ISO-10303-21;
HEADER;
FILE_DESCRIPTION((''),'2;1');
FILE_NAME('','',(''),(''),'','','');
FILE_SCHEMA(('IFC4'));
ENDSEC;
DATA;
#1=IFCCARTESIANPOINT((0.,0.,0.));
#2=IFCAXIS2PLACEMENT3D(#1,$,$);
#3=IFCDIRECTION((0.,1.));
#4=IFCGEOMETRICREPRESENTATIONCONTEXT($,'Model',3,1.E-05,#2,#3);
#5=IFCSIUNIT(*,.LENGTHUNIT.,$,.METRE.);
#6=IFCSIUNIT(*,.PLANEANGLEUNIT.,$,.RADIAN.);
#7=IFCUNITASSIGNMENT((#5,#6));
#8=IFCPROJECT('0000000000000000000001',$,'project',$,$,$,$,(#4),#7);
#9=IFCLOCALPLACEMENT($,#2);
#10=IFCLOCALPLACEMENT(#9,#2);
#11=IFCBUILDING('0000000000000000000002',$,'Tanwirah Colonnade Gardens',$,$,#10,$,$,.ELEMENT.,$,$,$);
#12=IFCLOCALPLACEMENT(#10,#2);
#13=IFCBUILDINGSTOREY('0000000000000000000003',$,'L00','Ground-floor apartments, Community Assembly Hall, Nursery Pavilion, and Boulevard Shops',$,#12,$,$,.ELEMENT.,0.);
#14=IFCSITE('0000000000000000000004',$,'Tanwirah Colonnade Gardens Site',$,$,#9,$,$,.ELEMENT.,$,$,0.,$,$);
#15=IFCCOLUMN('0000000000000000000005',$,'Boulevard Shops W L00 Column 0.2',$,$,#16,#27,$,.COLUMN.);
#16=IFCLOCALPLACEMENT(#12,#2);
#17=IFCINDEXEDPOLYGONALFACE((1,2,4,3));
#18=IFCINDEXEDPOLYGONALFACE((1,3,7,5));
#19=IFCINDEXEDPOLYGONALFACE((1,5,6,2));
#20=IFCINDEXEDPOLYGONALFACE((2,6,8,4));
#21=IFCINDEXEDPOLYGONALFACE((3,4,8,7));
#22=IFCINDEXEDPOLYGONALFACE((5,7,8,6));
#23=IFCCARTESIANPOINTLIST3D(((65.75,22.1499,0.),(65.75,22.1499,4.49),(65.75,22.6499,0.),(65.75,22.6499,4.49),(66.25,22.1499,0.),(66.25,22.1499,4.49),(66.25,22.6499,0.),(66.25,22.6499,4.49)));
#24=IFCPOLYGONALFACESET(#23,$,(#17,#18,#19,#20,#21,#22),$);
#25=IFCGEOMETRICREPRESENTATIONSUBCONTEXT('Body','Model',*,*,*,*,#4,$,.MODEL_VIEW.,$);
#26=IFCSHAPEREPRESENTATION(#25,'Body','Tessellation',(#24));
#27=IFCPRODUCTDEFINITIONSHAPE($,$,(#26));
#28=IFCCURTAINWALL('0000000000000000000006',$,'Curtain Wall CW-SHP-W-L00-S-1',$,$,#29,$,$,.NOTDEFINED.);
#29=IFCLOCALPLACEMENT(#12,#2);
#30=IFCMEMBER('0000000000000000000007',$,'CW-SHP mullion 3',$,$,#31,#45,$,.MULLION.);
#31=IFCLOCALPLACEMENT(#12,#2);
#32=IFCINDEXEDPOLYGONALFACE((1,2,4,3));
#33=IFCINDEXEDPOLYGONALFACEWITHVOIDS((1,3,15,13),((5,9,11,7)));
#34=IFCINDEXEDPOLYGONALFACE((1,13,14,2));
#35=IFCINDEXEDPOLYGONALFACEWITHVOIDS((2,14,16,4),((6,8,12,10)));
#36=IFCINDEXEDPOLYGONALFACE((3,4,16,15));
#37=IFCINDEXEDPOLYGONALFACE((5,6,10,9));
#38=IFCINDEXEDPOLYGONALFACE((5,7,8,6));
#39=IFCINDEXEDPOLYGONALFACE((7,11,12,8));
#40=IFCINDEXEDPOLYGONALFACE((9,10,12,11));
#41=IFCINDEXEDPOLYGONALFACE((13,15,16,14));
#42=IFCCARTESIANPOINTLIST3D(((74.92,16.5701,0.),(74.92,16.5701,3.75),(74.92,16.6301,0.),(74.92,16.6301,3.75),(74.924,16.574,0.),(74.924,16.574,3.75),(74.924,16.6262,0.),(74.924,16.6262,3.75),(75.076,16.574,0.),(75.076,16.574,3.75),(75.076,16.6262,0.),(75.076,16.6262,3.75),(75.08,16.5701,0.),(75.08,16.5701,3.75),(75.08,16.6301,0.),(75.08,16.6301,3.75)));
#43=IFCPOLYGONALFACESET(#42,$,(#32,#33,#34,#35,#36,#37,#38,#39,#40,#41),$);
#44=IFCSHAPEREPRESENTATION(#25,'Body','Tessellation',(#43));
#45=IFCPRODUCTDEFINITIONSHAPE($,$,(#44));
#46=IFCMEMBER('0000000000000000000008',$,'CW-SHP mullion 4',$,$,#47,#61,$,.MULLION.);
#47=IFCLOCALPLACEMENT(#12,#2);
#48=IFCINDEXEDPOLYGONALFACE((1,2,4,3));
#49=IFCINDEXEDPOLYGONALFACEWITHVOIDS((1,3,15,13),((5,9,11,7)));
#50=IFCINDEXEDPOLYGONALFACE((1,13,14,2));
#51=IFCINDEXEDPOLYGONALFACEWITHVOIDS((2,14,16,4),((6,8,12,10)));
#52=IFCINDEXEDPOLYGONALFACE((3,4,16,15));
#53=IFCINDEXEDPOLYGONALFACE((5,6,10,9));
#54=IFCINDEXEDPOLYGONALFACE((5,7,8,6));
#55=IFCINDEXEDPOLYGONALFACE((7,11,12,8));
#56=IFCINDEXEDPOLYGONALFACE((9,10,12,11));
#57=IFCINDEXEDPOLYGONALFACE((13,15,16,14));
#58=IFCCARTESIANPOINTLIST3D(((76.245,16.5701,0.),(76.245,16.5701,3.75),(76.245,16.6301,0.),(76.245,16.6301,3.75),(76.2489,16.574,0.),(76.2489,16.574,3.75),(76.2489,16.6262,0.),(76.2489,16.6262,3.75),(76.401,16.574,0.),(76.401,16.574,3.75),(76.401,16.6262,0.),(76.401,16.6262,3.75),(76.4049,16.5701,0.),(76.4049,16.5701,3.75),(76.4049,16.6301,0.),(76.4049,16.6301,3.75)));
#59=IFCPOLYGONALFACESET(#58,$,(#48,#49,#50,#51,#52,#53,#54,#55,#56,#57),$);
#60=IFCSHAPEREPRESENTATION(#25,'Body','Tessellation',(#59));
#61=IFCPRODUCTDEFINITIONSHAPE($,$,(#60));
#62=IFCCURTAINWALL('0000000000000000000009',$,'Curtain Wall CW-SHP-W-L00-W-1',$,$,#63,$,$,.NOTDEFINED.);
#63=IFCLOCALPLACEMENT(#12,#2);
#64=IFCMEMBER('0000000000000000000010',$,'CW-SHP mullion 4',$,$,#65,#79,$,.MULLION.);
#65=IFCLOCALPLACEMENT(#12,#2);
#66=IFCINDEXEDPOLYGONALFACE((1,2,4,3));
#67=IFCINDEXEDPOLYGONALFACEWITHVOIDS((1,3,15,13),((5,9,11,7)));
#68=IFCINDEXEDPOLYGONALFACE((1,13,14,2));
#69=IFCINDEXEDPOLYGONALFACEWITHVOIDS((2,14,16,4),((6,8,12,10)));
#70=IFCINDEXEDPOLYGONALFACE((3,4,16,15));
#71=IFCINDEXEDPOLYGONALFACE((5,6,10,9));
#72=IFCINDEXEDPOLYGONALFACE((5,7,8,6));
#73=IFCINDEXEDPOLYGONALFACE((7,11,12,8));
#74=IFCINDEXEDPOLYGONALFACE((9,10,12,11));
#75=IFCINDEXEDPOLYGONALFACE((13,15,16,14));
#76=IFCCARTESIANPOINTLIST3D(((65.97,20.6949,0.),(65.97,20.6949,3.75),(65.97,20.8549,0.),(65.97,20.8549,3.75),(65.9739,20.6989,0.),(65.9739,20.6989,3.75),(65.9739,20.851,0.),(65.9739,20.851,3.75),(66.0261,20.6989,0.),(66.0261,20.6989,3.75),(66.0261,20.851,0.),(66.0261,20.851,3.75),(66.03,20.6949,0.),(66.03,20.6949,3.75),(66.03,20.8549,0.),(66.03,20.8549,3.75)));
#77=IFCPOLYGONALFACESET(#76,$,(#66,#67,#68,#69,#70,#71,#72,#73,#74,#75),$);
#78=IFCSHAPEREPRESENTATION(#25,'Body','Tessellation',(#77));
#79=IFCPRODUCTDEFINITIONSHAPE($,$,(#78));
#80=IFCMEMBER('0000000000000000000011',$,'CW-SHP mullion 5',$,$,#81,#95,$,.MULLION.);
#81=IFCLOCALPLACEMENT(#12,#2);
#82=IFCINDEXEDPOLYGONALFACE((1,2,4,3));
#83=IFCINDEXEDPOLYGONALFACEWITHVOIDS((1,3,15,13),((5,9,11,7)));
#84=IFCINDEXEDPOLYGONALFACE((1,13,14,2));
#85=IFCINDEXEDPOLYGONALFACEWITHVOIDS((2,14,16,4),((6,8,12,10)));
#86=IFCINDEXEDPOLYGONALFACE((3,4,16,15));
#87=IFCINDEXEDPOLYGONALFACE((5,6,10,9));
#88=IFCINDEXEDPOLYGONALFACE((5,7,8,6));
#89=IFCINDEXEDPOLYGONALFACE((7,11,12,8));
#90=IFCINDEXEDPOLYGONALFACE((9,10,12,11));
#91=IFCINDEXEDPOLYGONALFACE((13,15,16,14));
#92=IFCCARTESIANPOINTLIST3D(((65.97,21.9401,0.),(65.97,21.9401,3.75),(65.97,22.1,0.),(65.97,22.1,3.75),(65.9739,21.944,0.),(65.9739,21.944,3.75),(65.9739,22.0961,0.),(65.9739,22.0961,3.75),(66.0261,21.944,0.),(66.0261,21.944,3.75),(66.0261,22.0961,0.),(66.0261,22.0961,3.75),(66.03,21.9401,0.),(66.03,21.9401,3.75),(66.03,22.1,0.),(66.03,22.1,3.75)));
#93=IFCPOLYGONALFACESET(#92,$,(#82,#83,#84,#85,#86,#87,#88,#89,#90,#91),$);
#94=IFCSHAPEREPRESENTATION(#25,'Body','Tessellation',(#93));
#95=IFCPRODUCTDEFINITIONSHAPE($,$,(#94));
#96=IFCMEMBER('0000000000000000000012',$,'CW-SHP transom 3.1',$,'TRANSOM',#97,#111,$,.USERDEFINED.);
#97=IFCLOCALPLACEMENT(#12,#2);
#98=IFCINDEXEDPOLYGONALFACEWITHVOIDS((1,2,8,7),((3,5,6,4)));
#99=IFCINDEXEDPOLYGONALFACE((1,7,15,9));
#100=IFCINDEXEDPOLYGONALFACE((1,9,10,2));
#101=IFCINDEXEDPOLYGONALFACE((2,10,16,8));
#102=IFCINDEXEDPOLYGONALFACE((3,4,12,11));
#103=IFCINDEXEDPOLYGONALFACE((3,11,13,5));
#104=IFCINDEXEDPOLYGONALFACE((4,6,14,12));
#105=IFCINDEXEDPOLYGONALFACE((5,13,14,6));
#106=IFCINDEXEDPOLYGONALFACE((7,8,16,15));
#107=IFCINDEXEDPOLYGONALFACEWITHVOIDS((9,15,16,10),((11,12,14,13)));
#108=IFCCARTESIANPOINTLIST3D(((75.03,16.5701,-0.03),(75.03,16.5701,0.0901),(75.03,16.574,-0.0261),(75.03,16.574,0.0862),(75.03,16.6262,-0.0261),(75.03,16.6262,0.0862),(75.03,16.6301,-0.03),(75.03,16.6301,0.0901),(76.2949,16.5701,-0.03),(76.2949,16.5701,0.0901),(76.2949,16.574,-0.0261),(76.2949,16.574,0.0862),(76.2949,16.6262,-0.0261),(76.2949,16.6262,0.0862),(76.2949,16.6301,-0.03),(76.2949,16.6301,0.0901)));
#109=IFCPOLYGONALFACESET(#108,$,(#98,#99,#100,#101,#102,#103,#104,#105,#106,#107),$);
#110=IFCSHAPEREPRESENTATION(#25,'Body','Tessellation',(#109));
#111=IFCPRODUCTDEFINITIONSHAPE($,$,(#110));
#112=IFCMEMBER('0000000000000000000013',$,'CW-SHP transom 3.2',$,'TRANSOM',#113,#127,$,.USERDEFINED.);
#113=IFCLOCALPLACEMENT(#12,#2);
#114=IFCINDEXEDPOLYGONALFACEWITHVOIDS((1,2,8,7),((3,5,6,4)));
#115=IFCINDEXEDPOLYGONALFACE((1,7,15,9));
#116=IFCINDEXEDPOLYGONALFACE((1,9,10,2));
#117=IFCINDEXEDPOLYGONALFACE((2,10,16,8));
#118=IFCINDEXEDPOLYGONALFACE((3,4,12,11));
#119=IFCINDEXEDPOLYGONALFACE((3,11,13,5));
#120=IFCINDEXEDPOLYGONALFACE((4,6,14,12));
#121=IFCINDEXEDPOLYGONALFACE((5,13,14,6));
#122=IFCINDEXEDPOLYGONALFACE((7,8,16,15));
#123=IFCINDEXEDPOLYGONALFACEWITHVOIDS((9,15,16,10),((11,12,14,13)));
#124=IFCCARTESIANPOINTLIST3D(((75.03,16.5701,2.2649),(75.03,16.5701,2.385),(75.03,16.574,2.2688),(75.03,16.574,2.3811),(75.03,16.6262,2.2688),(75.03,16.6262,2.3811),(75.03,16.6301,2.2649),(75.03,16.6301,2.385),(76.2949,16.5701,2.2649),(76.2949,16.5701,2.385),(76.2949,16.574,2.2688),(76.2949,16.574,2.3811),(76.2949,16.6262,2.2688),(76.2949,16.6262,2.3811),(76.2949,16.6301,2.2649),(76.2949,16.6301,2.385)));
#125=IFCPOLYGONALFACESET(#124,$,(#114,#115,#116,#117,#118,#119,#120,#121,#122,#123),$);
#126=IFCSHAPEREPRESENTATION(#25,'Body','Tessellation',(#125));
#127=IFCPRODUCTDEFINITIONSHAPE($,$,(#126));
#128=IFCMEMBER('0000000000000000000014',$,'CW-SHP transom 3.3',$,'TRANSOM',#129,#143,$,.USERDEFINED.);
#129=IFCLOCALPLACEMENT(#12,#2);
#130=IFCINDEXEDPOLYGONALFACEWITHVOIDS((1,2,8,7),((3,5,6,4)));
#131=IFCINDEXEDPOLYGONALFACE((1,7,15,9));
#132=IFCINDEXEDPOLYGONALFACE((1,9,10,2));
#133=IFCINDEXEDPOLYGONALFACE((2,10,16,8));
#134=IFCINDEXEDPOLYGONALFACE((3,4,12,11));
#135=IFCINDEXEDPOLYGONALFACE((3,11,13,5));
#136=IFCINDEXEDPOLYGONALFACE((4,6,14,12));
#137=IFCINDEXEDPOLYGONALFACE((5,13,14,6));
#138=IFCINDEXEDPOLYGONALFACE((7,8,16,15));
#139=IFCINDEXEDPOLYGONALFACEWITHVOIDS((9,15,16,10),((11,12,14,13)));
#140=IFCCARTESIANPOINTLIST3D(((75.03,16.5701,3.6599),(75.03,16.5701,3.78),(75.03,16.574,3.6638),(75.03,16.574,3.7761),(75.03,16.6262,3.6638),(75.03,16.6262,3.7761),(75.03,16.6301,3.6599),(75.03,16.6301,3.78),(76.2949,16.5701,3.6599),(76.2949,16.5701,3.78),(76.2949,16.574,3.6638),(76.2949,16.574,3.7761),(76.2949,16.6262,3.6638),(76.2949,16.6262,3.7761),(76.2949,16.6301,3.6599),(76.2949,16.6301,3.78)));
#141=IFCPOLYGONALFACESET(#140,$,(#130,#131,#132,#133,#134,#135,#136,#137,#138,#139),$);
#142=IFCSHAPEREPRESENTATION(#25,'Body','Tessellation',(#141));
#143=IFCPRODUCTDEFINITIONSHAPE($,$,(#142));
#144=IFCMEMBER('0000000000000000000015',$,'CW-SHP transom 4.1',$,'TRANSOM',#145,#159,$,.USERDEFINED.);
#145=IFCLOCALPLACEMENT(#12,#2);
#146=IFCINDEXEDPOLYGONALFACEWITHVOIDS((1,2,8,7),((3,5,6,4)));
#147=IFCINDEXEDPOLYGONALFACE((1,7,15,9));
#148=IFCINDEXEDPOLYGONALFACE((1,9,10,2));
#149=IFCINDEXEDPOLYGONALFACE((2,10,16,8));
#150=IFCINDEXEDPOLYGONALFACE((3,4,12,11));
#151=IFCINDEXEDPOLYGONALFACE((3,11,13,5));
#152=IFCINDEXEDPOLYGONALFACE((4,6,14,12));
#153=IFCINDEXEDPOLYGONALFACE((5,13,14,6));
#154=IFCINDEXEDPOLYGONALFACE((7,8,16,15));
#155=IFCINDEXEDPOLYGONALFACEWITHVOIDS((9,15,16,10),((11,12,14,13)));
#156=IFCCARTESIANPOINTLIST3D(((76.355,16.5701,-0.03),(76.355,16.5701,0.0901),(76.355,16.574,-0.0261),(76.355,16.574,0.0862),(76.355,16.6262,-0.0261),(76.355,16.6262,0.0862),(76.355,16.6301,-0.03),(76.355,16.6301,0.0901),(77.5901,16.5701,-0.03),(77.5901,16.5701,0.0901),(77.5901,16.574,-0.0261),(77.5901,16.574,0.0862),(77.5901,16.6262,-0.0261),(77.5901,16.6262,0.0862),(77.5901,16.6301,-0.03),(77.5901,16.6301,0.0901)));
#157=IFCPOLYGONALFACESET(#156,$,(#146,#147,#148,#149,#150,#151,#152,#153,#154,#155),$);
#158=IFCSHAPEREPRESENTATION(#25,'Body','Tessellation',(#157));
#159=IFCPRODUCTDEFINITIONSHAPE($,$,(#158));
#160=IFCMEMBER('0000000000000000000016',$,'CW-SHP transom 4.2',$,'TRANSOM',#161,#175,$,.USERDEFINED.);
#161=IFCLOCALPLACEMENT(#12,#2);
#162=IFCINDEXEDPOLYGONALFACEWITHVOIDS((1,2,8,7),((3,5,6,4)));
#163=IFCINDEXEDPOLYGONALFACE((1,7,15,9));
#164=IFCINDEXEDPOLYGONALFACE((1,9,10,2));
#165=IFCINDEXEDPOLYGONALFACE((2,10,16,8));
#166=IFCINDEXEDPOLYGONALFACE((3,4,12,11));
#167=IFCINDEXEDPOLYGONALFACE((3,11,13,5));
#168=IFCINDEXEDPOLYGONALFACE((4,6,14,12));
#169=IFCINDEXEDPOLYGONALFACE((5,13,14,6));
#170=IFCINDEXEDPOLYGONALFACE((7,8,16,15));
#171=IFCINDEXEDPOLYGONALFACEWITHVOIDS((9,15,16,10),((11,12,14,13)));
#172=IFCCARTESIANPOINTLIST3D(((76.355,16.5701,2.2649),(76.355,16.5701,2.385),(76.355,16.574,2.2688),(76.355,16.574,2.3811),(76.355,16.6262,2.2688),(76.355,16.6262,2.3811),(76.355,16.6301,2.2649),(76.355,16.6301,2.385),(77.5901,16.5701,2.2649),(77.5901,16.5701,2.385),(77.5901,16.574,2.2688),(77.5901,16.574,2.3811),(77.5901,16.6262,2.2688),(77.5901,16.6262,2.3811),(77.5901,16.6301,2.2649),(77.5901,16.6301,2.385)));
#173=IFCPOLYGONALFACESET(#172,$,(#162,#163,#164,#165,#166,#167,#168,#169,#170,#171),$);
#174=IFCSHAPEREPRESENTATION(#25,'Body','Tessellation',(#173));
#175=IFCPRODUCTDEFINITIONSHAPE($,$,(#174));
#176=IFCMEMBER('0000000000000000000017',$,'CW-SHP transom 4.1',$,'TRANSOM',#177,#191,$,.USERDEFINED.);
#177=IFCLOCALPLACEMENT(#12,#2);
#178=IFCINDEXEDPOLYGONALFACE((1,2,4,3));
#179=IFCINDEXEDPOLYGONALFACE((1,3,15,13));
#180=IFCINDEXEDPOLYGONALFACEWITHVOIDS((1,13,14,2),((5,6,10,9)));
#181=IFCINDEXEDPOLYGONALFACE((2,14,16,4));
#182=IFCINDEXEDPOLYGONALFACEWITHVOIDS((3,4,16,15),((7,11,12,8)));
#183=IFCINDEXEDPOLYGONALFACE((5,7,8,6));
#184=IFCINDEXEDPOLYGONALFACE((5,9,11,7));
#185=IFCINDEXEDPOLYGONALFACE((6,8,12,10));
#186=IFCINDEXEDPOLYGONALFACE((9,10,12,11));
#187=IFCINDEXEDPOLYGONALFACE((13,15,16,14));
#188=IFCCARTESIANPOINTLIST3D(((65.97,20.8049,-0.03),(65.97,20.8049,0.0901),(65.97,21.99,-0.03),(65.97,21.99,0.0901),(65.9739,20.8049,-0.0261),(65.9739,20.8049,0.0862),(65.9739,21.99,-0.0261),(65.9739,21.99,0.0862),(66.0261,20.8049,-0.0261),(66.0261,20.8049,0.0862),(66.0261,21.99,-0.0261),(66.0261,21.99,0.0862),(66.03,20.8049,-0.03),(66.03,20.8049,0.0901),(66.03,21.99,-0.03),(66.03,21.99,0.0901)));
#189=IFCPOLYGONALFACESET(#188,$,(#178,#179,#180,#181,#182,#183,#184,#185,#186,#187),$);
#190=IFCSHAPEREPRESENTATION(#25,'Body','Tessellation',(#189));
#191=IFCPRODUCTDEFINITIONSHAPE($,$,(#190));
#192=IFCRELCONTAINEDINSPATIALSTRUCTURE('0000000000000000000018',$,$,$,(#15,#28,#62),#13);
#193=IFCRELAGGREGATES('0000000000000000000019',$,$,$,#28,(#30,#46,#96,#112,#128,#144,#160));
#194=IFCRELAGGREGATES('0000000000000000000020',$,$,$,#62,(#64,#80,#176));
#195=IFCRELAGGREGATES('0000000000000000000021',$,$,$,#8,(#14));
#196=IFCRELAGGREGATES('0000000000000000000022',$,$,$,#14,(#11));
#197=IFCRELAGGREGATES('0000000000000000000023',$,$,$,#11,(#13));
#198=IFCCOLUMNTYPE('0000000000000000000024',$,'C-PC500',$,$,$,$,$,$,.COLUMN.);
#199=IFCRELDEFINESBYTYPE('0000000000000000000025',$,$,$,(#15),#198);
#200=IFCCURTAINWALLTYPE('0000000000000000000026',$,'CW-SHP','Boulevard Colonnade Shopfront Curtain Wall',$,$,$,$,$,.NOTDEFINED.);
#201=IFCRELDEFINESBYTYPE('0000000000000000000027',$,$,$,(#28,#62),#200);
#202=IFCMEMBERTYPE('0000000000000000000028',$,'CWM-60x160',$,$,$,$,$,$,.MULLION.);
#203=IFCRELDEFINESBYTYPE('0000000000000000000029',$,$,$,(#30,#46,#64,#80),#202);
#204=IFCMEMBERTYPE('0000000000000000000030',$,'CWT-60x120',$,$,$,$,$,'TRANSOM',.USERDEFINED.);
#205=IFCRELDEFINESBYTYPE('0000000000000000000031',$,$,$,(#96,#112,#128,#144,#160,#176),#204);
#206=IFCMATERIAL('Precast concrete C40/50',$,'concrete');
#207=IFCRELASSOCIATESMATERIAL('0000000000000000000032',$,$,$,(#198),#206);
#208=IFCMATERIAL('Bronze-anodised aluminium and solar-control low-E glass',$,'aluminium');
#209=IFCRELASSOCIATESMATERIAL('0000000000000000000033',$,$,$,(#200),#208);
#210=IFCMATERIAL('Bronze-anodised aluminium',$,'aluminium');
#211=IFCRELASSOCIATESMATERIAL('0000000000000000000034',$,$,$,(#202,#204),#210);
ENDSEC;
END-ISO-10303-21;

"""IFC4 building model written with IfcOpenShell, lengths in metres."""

from ifc_helpers import new_model, si_unit, direction, frame, origin, origin_2d, place, context, subcontext, project, spatial, rectangle, hollow_rectangle, extrude, material, material_profile, profile_set, type_object, element, aggregate, save


model = new_model("IFC4")

# Units and contexts
model_context = context("Model", 3, precision=1e-05, world=origin(), true_north=direction((0.0, 1.0)))
body_context = subcontext(model_context, "Body", "Model", "MODEL_VIEW")
ifc_project = project(units=[si_unit("LENGTHUNIT", "METRE"), si_unit("PLANEANGLEUNIT", "RADIAN")], contexts=[model_context])

# Site, building, storey
site_placement = place(None, origin())
site = spatial("IfcSite", under=ifc_project, at=site_placement, Name="Tanwirah Colonnade Gardens Site", CompositionType="ELEMENT", RefElevation=0.0)
building_placement = place(site_placement, origin())
building = spatial("IfcBuilding", under=site, at=building_placement, Name="Tanwirah Colonnade Gardens", CompositionType="ELEMENT")
storey_placement = place(building_placement, origin())
storey = spatial("IfcBuildingStorey", under=building, at=storey_placement, Name="L00", Description="Ground-floor apartments, Community Assembly Hall, Nursery Pavilion, and Boulevard Shops", CompositionType="ELEMENT", Elevation=0.0)

# Column
ifc_material_1 = material(Name="Precast concrete C40/50", Category="concrete")
ifc_material_profile_1 = material_profile(ifc_material_1, rectangle(XDim=0.5, YDim=0.5, at=origin_2d()), Name="PC-COL 500x500")
ifc_profile_set_1 = profile_set([ifc_material_profile_1], Name="Precast concrete C40/50")
column_type = type_object("IfcColumnType", Name="C-PC500", PredefinedType="COLUMN", material=ifc_profile_set_1)
column_placement = place(storey_placement, frame((66.0, 22.3999, 0.0), z_axis=(0.0, 0.0, 1.0), x_axis=(1.0, 0.0, 0.0)))
element("IfcColumn", 1, at=column_placement, inside=storey, type_object=column_type, Name="Boulevard Shops W L00 Column 0.2", PredefinedType="COLUMN", context=body_context, shape_type="SweptSolid", body=[
    extrude(rectangle(XDim=0.5, YDim=0.5, at=origin_2d()), origin(), (0.0, 0.0, 1.0), 4.49),
])

# Curtain walls, members
ifc_material_2 = material(Name="Bronze-anodised aluminium and solar-control low-E glass", Category="aluminium")
curtain_wall_type = type_object("IfcCurtainWallType", Name="CW-SHP", Description="Boulevard Colonnade Shopfront Curtain Wall", PredefinedType="NOTDEFINED", material=ifc_material_2)
curtain_wall_1_placement = place(storey_placement, origin())
curtain_wall_1 = element("IfcCurtainWall", 2, at=curtain_wall_1_placement, inside=storey, type_object=curtain_wall_type, Name="Curtain Wall CW-SHP-W-L00-S-1", PredefinedType="NOTDEFINED")
ifc_material_3 = material(Name="Bronze-anodised aluminium", Category="aluminium")
ifc_material_profile_2 = material_profile(ifc_material_3, hollow_rectangle(XDim=0.0601, YDim=0.1599, WallThickness=0.0039, at=origin_2d()), Name="CW-MUL 60x160x4")
ifc_profile_set_2 = profile_set([ifc_material_profile_2], Name="Bronze-anodised aluminium")
member_type_1 = type_object("IfcMemberType", Name="CWM-60x160", PredefinedType="MULLION", material=ifc_profile_set_2)
member_1_placement = place(storey_placement, frame((75.0, 16.6001, 0.0), z_axis=(0.0, 0.0, 1.0), x_axis=(0.0, 1.0, 0.0)))
member_1 = element("IfcMember", 3, at=member_1_placement, type_object=member_type_1, Name="CW-SHP mullion 3", PredefinedType="MULLION", context=body_context, shape_type="SweptSolid", body=[
    extrude(hollow_rectangle(XDim=0.0601, YDim=0.1599, WallThickness=0.0039, at=origin_2d()), origin(), (0.0, 0.0, 1.0), 3.75),
])
member_2_placement = place(storey_placement, frame((76.325, 16.6001, 0.0), z_axis=(0.0, 0.0, 1.0), x_axis=(0.0, 1.0, 0.0)))
member_2 = element("IfcMember", 4, at=member_2_placement, type_object=member_type_1, Name="CW-SHP mullion 4", PredefinedType="MULLION", context=body_context, shape_type="SweptSolid", body=[
    extrude(hollow_rectangle(XDim=0.0601, YDim=0.1599, WallThickness=0.0039, at=origin_2d()), origin(), (0.0, 0.0, 1.0), 3.75),
])
curtain_wall_2_placement = place(storey_placement, origin())
curtain_wall_2 = element("IfcCurtainWall", 5, at=curtain_wall_2_placement, inside=storey, type_object=curtain_wall_type, Name="Curtain Wall CW-SHP-W-L00-W-1", PredefinedType="NOTDEFINED")
member_3_placement = place(storey_placement, frame((66.0, 20.7749, 0.0), z_axis=(0.0, 0.0, 1.0), x_axis=(-1.0, 0.0, 0.0)))
member_3 = element("IfcMember", 6, at=member_3_placement, type_object=member_type_1, Name="CW-SHP mullion 4", PredefinedType="MULLION", context=body_context, shape_type="SweptSolid", body=[
    extrude(hollow_rectangle(XDim=0.0601, YDim=0.1599, WallThickness=0.0039, at=origin_2d()), origin(), (0.0, 0.0, 1.0), 3.75),
])
member_4_placement = place(storey_placement, frame((66.0, 22.02, 0.0), z_axis=(0.0, 0.0, 1.0), x_axis=(-1.0, 0.0, 0.0)))
member_4 = element("IfcMember", 7, at=member_4_placement, type_object=member_type_1, Name="CW-SHP mullion 5", PredefinedType="MULLION", context=body_context, shape_type="SweptSolid", body=[
    extrude(hollow_rectangle(XDim=0.0601, YDim=0.1599, WallThickness=0.0039, at=origin_2d()), origin(), (0.0, 0.0, 1.0), 3.75),
])

# Members
ifc_material_profile_3 = material_profile(ifc_material_3, hollow_rectangle(XDim=0.0601, YDim=0.1201, WallThickness=0.0039, at=origin_2d()), Name="CW-TRN 60x120x4")
ifc_profile_set_3 = profile_set([ifc_material_profile_3], Name="Bronze-anodised aluminium")
member_type_2 = type_object("IfcMemberType", Name="CWT-60x120", ElementType="TRANSOM", PredefinedType="USERDEFINED", material=ifc_profile_set_3)
member_5_placement = place(storey_placement, frame((75.03, 16.6001, 0.03), z_axis=(1.0, 0.0, 0.0), x_axis=(0.0, 1.0, 0.0)))
member_5 = element("IfcMember", 8, at=member_5_placement, type_object=member_type_2, Name="CW-SHP transom 3.1", ObjectType="TRANSOM", PredefinedType="USERDEFINED", context=body_context, shape_type="SweptSolid", body=[
    extrude(hollow_rectangle(XDim=0.0601, YDim=0.1201, WallThickness=0.0039, at=origin_2d()), origin(), (0.0, 0.0, 1.0), 1.2649),
])
member_6_placement = place(storey_placement, frame((75.03, 16.6001, 2.325), z_axis=(1.0, 0.0, 0.0), x_axis=(0.0, 1.0, 0.0)))
member_6 = element("IfcMember", 9, at=member_6_placement, type_object=member_type_2, Name="CW-SHP transom 3.2", ObjectType="TRANSOM", PredefinedType="USERDEFINED", context=body_context, shape_type="SweptSolid", body=[
    extrude(hollow_rectangle(XDim=0.0601, YDim=0.1201, WallThickness=0.0039, at=origin_2d()), origin(), (0.0, 0.0, 1.0), 1.2649),
])
member_7_placement = place(storey_placement, frame((75.03, 16.6001, 3.72), z_axis=(1.0, 0.0, 0.0), x_axis=(0.0, 1.0, 0.0)))
member_7 = element("IfcMember", 10, at=member_7_placement, type_object=member_type_2, Name="CW-SHP transom 3.3", ObjectType="TRANSOM", PredefinedType="USERDEFINED", context=body_context, shape_type="SweptSolid", body=[
    extrude(hollow_rectangle(XDim=0.0601, YDim=0.1201, WallThickness=0.0039, at=origin_2d()), origin(), (0.0, 0.0, 1.0), 1.2649),
])
member_8_placement = place(storey_placement, frame((76.355, 16.6001, 0.03), z_axis=(1.0, 0.0, 0.0), x_axis=(0.0, 1.0, 0.0)))
member_8 = element("IfcMember", 11, at=member_8_placement, type_object=member_type_2, Name="CW-SHP transom 4.1", ObjectType="TRANSOM", PredefinedType="USERDEFINED", context=body_context, shape_type="SweptSolid", body=[
    extrude(hollow_rectangle(XDim=0.0601, YDim=0.1201, WallThickness=0.0039, at=origin_2d()), origin(), (0.0, 0.0, 1.0), 1.2351),
])
member_9_placement = place(storey_placement, frame((76.355, 16.6001, 2.325), z_axis=(1.0, 0.0, 0.0), x_axis=(0.0, 1.0, 0.0)))
member_9 = element("IfcMember", 12, at=member_9_placement, type_object=member_type_2, Name="CW-SHP transom 4.2", ObjectType="TRANSOM", PredefinedType="USERDEFINED", context=body_context, shape_type="SweptSolid", body=[
    extrude(hollow_rectangle(XDim=0.0601, YDim=0.1201, WallThickness=0.0039, at=origin_2d()), origin(), (0.0, 0.0, 1.0), 1.2351),
])
member_10_placement = place(storey_placement, frame((66.0, 20.8049, 0.03), z_axis=(0.0, 1.0, 0.0), x_axis=(-1.0, 0.0, 0.0)))
member_10 = element("IfcMember", 13, at=member_10_placement, type_object=member_type_2, Name="CW-SHP transom 4.1", ObjectType="TRANSOM", PredefinedType="USERDEFINED", context=body_context, shape_type="SweptSolid", body=[
    extrude(hollow_rectangle(XDim=0.0601, YDim=0.1201, WallThickness=0.0039, at=origin_2d()), origin(), (0.0, 0.0, 1.0), 1.1851),
])

aggregate(curtain_wall_1, [member_1, member_2, member_5, member_6, member_7, member_8, member_9])
aggregate(curtain_wall_2, [member_3, member_4, member_10])

save(model, "model.ifc")
